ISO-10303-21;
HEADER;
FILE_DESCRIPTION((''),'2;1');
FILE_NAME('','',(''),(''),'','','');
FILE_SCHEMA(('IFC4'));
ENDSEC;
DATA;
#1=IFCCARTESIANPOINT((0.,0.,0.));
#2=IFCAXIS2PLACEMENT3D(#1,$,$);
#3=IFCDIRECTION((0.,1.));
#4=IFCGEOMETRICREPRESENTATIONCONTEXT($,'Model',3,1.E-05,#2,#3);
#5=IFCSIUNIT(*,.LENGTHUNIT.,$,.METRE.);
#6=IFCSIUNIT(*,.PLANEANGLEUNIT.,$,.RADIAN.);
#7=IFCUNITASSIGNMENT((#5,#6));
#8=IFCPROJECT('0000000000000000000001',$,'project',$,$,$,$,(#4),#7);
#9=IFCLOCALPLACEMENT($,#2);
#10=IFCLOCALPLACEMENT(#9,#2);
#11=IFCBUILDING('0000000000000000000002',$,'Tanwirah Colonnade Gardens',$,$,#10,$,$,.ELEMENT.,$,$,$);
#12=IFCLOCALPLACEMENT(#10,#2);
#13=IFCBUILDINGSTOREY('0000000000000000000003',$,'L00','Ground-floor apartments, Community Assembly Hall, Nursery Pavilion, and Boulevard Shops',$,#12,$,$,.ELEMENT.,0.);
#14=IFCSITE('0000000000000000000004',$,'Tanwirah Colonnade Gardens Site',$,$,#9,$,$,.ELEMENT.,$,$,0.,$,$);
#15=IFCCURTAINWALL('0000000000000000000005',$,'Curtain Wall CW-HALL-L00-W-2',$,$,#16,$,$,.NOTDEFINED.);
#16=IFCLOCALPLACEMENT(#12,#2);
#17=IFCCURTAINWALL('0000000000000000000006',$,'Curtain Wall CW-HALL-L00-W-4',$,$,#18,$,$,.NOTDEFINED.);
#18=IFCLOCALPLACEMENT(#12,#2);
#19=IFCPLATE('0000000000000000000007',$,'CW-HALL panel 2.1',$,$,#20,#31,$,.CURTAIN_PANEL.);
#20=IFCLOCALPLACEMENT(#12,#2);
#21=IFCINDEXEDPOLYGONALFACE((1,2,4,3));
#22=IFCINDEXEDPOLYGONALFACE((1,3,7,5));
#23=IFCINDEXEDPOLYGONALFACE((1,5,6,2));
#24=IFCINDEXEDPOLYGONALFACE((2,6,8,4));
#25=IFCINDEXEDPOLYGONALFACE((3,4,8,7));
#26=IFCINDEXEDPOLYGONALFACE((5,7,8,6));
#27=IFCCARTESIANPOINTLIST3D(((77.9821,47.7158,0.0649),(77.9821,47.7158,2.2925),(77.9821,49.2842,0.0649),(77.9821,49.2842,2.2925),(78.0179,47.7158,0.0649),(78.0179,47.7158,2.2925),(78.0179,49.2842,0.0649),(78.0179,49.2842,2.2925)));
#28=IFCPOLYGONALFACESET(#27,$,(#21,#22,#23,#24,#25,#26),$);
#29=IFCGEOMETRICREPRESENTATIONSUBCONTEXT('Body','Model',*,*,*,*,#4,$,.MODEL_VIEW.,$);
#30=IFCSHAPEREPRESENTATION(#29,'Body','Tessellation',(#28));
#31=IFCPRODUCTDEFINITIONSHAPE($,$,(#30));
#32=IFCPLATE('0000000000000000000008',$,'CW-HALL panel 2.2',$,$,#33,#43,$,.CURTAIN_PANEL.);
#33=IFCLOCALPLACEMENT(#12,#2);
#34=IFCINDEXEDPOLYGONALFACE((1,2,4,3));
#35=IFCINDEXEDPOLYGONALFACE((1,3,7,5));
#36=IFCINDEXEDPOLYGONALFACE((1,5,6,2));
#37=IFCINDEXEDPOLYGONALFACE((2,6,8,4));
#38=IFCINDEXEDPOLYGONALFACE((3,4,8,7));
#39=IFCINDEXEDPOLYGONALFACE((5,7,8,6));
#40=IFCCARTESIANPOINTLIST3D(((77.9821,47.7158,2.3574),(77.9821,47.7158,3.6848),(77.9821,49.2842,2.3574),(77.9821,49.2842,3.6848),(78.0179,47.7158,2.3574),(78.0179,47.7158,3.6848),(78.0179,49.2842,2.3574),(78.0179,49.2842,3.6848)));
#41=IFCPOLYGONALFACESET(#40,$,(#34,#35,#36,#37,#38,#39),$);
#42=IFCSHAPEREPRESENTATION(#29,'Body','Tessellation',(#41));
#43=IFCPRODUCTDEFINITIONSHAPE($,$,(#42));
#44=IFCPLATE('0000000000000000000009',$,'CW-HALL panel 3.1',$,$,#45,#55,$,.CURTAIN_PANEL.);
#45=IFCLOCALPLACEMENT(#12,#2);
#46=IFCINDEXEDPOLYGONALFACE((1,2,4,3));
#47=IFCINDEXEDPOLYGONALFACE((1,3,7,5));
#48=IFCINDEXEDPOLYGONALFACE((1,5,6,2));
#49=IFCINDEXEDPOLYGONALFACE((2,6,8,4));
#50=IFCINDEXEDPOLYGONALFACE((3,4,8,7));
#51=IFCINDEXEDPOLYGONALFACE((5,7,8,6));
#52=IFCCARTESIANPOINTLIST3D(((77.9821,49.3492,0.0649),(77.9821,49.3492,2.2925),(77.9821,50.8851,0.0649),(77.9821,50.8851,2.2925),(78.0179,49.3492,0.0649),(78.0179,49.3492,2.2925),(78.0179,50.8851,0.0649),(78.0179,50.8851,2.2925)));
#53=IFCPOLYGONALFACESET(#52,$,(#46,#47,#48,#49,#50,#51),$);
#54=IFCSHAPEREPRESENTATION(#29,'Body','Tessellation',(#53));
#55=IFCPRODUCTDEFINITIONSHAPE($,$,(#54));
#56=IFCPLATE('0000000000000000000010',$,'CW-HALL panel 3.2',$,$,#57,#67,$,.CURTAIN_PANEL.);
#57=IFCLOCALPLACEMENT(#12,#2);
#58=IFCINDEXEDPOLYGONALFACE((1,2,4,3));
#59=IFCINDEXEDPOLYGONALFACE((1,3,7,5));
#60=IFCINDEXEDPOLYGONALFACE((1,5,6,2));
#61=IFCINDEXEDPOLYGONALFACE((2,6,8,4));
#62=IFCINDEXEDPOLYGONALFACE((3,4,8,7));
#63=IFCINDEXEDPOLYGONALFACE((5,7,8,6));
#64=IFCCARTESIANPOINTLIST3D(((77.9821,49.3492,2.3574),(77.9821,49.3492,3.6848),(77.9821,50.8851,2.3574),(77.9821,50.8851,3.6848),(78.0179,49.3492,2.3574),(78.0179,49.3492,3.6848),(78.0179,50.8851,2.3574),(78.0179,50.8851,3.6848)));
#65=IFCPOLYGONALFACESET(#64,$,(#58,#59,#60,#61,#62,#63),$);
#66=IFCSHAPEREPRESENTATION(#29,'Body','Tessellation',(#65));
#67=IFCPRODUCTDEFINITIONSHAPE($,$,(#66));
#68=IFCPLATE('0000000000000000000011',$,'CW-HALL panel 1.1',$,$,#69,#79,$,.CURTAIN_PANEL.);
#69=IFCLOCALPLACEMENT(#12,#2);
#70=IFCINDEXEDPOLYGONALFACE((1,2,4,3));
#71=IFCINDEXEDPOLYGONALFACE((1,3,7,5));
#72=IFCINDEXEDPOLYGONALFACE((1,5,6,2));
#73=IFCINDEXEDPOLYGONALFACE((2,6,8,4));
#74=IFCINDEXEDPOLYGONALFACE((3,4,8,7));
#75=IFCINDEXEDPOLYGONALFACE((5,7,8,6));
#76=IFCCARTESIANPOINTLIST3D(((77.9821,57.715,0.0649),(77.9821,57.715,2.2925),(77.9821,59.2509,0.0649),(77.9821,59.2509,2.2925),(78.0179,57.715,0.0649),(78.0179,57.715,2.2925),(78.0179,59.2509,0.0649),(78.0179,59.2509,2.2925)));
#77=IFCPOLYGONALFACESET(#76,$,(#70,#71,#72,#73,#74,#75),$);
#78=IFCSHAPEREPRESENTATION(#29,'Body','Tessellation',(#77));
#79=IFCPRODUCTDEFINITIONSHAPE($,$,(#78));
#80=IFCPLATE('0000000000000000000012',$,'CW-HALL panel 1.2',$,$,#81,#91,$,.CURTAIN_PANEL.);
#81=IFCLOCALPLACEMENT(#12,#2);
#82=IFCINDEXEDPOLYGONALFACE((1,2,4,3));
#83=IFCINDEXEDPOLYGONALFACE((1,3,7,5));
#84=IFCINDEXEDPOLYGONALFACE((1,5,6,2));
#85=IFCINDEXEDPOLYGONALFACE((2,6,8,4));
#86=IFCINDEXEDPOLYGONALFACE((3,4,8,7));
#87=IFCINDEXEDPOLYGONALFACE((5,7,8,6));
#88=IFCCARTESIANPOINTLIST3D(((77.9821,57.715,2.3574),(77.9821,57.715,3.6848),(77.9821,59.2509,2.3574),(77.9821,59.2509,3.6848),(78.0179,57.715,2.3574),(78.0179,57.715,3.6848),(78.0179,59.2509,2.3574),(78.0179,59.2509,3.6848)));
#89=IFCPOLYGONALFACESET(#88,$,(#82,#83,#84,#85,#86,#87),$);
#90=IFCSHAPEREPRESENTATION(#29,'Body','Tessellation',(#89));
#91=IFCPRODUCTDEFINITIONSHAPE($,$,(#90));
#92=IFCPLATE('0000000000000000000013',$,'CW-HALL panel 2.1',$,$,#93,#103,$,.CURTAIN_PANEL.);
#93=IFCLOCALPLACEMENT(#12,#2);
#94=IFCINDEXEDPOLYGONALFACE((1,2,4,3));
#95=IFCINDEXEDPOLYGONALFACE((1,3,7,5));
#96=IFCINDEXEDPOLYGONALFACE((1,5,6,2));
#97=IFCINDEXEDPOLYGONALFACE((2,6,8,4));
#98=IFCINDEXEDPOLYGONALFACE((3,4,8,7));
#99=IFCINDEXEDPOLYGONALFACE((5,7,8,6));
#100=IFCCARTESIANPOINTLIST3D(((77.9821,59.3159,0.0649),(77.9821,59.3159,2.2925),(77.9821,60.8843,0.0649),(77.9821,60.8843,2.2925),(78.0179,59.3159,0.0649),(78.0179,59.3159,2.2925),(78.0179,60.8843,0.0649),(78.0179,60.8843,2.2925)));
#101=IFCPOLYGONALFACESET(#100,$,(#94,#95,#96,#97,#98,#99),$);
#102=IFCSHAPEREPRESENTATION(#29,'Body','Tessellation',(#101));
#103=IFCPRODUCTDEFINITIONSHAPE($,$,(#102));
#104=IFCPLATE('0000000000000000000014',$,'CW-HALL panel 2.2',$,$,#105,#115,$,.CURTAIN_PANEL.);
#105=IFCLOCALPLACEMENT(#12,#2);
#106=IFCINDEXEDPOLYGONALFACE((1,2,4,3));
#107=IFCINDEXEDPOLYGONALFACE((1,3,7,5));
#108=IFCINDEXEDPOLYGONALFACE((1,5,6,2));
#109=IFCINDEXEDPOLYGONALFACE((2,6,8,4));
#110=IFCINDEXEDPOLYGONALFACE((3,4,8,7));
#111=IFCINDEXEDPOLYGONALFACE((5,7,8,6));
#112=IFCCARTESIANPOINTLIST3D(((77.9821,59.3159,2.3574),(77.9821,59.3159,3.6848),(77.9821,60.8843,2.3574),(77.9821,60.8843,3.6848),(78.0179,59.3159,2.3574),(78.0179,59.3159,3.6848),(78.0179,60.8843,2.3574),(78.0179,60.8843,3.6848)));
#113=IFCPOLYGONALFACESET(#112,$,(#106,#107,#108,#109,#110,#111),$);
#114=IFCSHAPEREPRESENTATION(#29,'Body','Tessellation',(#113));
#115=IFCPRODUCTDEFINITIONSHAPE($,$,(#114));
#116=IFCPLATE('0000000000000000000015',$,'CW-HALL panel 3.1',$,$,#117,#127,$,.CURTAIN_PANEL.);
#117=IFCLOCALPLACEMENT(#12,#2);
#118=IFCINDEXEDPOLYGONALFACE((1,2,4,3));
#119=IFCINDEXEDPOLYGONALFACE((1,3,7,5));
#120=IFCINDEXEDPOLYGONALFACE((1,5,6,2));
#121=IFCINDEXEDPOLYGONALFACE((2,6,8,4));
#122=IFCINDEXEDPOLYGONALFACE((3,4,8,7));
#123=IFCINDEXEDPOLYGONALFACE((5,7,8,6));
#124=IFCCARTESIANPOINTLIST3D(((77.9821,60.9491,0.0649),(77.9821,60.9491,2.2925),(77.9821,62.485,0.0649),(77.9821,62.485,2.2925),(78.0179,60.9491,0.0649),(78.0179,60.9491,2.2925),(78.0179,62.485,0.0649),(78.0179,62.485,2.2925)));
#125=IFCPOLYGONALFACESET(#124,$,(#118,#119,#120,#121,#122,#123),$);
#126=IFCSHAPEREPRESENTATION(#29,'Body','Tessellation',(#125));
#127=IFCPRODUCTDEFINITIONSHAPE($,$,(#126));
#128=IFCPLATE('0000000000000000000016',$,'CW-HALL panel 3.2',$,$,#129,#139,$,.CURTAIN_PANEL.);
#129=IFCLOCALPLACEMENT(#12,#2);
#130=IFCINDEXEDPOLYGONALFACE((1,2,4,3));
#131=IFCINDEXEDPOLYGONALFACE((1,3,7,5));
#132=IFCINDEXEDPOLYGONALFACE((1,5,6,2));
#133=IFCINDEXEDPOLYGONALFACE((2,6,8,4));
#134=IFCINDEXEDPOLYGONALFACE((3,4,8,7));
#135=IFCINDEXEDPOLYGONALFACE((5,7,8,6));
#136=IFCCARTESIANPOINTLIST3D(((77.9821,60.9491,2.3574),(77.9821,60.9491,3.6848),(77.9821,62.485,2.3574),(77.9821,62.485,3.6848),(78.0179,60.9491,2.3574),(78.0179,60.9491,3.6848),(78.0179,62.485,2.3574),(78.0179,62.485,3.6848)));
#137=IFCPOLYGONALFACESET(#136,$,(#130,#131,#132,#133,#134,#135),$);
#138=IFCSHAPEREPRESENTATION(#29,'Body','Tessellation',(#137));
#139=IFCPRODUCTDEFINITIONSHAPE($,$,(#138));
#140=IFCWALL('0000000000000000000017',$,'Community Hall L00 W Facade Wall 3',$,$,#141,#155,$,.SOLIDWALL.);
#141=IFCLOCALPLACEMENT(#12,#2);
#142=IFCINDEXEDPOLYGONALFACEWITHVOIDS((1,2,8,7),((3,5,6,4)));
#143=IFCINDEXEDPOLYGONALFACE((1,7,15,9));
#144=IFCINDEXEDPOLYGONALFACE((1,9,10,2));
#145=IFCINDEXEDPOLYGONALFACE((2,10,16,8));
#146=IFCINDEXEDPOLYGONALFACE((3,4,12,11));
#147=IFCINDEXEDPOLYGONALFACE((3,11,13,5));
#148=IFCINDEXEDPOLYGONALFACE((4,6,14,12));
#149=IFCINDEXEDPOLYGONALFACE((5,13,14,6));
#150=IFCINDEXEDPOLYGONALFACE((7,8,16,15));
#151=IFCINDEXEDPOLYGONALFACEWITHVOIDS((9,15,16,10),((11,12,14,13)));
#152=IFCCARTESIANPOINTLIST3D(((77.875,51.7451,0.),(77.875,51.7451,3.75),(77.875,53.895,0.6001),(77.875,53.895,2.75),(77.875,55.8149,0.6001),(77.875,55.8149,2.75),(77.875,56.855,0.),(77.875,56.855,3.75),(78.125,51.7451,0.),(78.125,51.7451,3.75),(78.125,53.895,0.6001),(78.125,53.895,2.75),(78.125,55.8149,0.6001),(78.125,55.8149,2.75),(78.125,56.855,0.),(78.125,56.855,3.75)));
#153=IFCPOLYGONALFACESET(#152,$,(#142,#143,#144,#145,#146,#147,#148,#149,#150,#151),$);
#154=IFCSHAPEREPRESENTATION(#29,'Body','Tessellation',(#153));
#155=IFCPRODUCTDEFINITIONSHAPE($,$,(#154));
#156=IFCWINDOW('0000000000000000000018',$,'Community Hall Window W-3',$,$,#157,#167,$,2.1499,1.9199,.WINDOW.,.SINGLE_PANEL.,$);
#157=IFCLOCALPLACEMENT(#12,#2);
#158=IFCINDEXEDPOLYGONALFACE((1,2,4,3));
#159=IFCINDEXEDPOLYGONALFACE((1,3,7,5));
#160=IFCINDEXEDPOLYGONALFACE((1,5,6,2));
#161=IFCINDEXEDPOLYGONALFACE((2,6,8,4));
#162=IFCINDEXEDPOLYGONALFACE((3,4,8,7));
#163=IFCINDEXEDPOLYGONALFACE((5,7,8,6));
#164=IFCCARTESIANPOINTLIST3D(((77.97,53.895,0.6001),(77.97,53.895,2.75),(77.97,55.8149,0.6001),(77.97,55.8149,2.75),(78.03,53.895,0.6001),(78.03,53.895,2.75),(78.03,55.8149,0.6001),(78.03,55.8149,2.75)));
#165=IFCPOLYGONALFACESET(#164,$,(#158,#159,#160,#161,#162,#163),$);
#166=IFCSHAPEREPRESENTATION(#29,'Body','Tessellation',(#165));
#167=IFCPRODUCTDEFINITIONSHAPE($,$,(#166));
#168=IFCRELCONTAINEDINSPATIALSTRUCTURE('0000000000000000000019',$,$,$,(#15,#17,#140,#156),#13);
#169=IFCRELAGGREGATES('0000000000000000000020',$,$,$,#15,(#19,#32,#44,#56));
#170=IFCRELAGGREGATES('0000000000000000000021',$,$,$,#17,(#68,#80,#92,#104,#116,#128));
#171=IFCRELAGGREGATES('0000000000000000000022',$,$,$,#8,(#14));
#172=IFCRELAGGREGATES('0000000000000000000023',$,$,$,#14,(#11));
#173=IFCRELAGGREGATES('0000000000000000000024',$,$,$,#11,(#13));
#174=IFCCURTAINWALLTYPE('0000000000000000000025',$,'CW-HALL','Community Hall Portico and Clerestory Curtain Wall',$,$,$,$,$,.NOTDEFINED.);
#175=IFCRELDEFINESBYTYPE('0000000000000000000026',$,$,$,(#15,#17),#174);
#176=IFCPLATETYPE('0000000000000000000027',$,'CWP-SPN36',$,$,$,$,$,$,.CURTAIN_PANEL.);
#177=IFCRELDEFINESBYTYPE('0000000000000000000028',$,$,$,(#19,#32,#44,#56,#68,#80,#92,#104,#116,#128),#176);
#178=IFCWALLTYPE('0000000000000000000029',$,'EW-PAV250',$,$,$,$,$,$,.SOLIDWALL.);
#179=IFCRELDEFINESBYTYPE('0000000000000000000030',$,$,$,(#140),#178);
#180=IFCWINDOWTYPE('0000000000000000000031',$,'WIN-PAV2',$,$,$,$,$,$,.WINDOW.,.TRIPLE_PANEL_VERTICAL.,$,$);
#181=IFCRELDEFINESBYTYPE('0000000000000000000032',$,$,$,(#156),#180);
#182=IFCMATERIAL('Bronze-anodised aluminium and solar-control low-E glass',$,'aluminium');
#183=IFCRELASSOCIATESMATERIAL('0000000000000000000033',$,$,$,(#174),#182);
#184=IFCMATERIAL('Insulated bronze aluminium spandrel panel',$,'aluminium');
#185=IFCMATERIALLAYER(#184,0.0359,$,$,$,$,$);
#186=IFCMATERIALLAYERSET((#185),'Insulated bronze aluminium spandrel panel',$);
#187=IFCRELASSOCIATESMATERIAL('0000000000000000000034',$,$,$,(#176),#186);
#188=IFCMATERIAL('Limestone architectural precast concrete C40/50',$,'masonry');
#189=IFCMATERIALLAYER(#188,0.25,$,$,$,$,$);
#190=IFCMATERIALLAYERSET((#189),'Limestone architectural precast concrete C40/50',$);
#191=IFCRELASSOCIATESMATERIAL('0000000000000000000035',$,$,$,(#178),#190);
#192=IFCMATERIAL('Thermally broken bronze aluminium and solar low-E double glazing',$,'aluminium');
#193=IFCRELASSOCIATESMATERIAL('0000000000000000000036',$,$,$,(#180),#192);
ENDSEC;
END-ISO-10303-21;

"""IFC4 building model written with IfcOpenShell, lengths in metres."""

from ifc_helpers import new_model, si_unit, direction, frame, frame_2d, origin, origin_2d, place, context, subcontext, project, spatial, rectangle, extrude, material, layer, layer_set, type_object, element, fill, aggregate, save


model = new_model("IFC4")

# Units and contexts
model_context = context("Model", 3, precision=1e-05, world=origin(), true_north=direction((0.0, 1.0)))
body_context = subcontext(model_context, "Body", "Model", "MODEL_VIEW")
ifc_project = project(units=[si_unit("LENGTHUNIT", "METRE"), si_unit("PLANEANGLEUNIT", "RADIAN")], contexts=[model_context])

# Site, building, storey
site_placement = place(None, origin())
site = spatial("IfcSite", under=ifc_project, at=site_placement, Name="Tanwirah Colonnade Gardens Site", CompositionType="ELEMENT", RefElevation=0.0)
building_placement = place(site_placement, origin())
building = spatial("IfcBuilding", under=site, at=building_placement, Name="Tanwirah Colonnade Gardens", CompositionType="ELEMENT")
storey_placement = place(building_placement, origin())
storey = spatial("IfcBuildingStorey", under=building, at=storey_placement, Name="L00", Description="Ground-floor apartments, Community Assembly Hall, Nursery Pavilion, and Boulevard Shops", CompositionType="ELEMENT", Elevation=0.0)

# Curtain walls
ifc_material_1 = material(Name="Bronze-anodised aluminium and solar-control low-E glass", Category="aluminium")
curtain_wall_type = type_object("IfcCurtainWallType", Name="CW-HALL", Description="Community Hall Portico and Clerestory Curtain Wall", PredefinedType="NOTDEFINED", material=ifc_material_1)
curtain_wall_1_placement = place(storey_placement, origin())
curtain_wall_1 = element("IfcCurtainWall", 1, at=curtain_wall_1_placement, inside=storey, type_object=curtain_wall_type, Name="Curtain Wall CW-HALL-L00-W-2", PredefinedType="NOTDEFINED")
curtain_wall_2_placement = place(storey_placement, origin())
curtain_wall_2 = element("IfcCurtainWall", 2, at=curtain_wall_2_placement, inside=storey, type_object=curtain_wall_type, Name="Curtain Wall CW-HALL-L00-W-4", PredefinedType="NOTDEFINED")

# Plates
ifc_material_2 = material(Name="Insulated bronze aluminium spandrel panel", Category="aluminium")
ifc_layer_1 = layer(ifc_material_2, 0.0359)
ifc_layer_set_1 = layer_set([ifc_layer_1], Name="Insulated bronze aluminium spandrel panel")
plate_type = type_object("IfcPlateType", Name="CWP-SPN36", PredefinedType="CURTAIN_PANEL", material=ifc_layer_set_1)
plate_1_placement = place(storey_placement, frame((78.0, 48.5, 0.0649), z_axis=(0.0, 0.0, 1.0), x_axis=(0.0, 1.0, 0.0)))
plate_1 = element("IfcPlate", 3, at=plate_1_placement, type_object=plate_type, Name="CW-HALL panel 2.1", PredefinedType="CURTAIN_PANEL", context=body_context, shape_type="SweptSolid", body=[
    extrude(rectangle(XDim=1.5684, YDim=0.0359, at=origin_2d()), origin(), (0.0, 0.0, 1.0), 2.2275),
])
plate_2_placement = place(storey_placement, frame((78.0, 48.5, 2.3574), z_axis=(0.0, 0.0, 1.0), x_axis=(0.0, 1.0, 0.0)))
plate_2 = element("IfcPlate", 4, at=plate_2_placement, type_object=plate_type, Name="CW-HALL panel 2.2", PredefinedType="CURTAIN_PANEL", context=body_context, shape_type="SweptSolid", body=[
    extrude(rectangle(XDim=1.5684, YDim=0.0359, at=origin_2d()), origin(), (0.0, 0.0, 1.0), 1.3274),
])
plate_3_placement = place(storey_placement, frame((78.0, 50.1172, 0.0649), z_axis=(0.0, 0.0, 1.0), x_axis=(0.0, 1.0, 0.0)))
plate_3 = element("IfcPlate", 5, at=plate_3_placement, type_object=plate_type, Name="CW-HALL panel 3.1", PredefinedType="CURTAIN_PANEL", context=body_context, shape_type="SweptSolid", body=[
    extrude(rectangle(XDim=1.5359, YDim=0.0359, at=origin_2d()), origin(), (0.0, 0.0, 1.0), 2.2275),
])
plate_4_placement = place(storey_placement, frame((78.0, 50.1172, 2.3574), z_axis=(0.0, 0.0, 1.0), x_axis=(0.0, 1.0, 0.0)))
plate_4 = element("IfcPlate", 6, at=plate_4_placement, type_object=plate_type, Name="CW-HALL panel 3.2", PredefinedType="CURTAIN_PANEL", context=body_context, shape_type="SweptSolid", body=[
    extrude(rectangle(XDim=1.5359, YDim=0.0359, at=origin_2d()), origin(), (0.0, 0.0, 1.0), 1.3274),
])
aggregate(curtain_wall_1, [plate_1, plate_2, plate_3, plate_4])
plate_5_placement = place(storey_placement, frame((78.0, 58.4829, 0.0649), z_axis=(0.0, 0.0, 1.0), x_axis=(0.0, 1.0, 0.0)))
plate_5 = element("IfcPlate", 7, at=plate_5_placement, type_object=plate_type, Name="CW-HALL panel 1.1", PredefinedType="CURTAIN_PANEL", context=body_context, shape_type="SweptSolid", body=[
    extrude(rectangle(XDim=1.5359, YDim=0.0359, at=origin_2d()), origin(), (0.0, 0.0, 1.0), 2.2275),
])
plate_6_placement = place(storey_placement, frame((78.0, 58.4829, 2.3574), z_axis=(0.0, 0.0, 1.0), x_axis=(0.0, 1.0, 0.0)))
plate_6 = element("IfcPlate", 8, at=plate_6_placement, type_object=plate_type, Name="CW-HALL panel 1.2", PredefinedType="CURTAIN_PANEL", context=body_context, shape_type="SweptSolid", body=[
    extrude(rectangle(XDim=1.5359, YDim=0.0359, at=origin_2d()), origin(), (0.0, 0.0, 1.0), 1.3274),
])
plate_7_placement = place(storey_placement, frame((78.0, 60.1001, 0.0649), z_axis=(0.0, 0.0, 1.0), x_axis=(0.0, 1.0, 0.0)))
plate_7 = element("IfcPlate", 9, at=plate_7_placement, type_object=plate_type, Name="CW-HALL panel 2.1", PredefinedType="CURTAIN_PANEL", context=body_context, shape_type="SweptSolid", body=[
    extrude(rectangle(XDim=1.5684, YDim=0.0359, at=origin_2d()), origin(), (0.0, 0.0, 1.0), 2.2275),
])
plate_8_placement = place(storey_placement, frame((78.0, 60.1001, 2.3574), z_axis=(0.0, 0.0, 1.0), x_axis=(0.0, 1.0, 0.0)))
plate_8 = element("IfcPlate", 10, at=plate_8_placement, type_object=plate_type, Name="CW-HALL panel 2.2", PredefinedType="CURTAIN_PANEL", context=body_context, shape_type="SweptSolid", body=[
    extrude(rectangle(XDim=1.5684, YDim=0.0359, at=origin_2d()), origin(), (0.0, 0.0, 1.0), 1.3274),
])
plate_9_placement = place(storey_placement, frame((78.0, 61.717, 0.0649), z_axis=(0.0, 0.0, 1.0), x_axis=(0.0, 1.0, 0.0)))
plate_9 = element("IfcPlate", 11, at=plate_9_placement, type_object=plate_type, Name="CW-HALL panel 3.1", PredefinedType="CURTAIN_PANEL", context=body_context, shape_type="SweptSolid", body=[
    extrude(rectangle(XDim=1.5359, YDim=0.0359, at=origin_2d()), origin(), (0.0, 0.0, 1.0), 2.2275),
])
plate_10_placement = place(storey_placement, frame((78.0, 61.717, 2.3574), z_axis=(0.0, 0.0, 1.0), x_axis=(0.0, 1.0, 0.0)))
plate_10 = element("IfcPlate", 12, at=plate_10_placement, type_object=plate_type, Name="CW-HALL panel 3.2", PredefinedType="CURTAIN_PANEL", context=body_context, shape_type="SweptSolid", body=[
    extrude(rectangle(XDim=1.5359, YDim=0.0359, at=origin_2d()), origin(), (0.0, 0.0, 1.0), 1.3274),
])
aggregate(curtain_wall_2, [plate_5, plate_6, plate_7, plate_8, plate_9, plate_10])

# Wall, opening, window
ifc_material_3 = material(Name="Limestone architectural precast concrete C40/50", Category="masonry")
ifc_layer_2 = layer(ifc_material_3, 0.25)
ifc_layer_set_2 = layer_set([ifc_layer_2], Name="Limestone architectural precast concrete C40/50")
wall_type_1 = type_object("IfcWallType", Name="EW-PAV250", PredefinedType="SOLIDWALL", material=ifc_layer_set_2)
wall_1_placement = place(storey_placement, frame((78.0, 51.7451, 0.0), z_axis=(0.0, 0.0, 1.0), x_axis=(0.0, 1.0, 0.0)))
wall_1 = element("IfcWall", 13, at=wall_1_placement, inside=storey, type_object=wall_type_1, Name="Community Hall L00 W Facade Wall 3", PredefinedType="SOLIDWALL", context=body_context, shape_type="SweptSolid", body=[
    extrude(rectangle(XDim=5.1099, YDim=0.25, at=frame_2d((2.5549, 0.0))), origin(), (0.0, 0.0, 1.0), 3.75),
])
opening_1_placement = place(wall_1_placement, frame((2.1499, 0.0, 0.6001)))
opening_1 = element("IfcOpeningElement", 14, at=opening_1_placement, cuts=wall_1, PredefinedType="OPENING", context=body_context, shape_type="SweptSolid", body=[
    extrude(rectangle(XDim=1.9199, YDim=2.1499, at=frame_2d((0.96, 1.075))), frame((0.0, 0.135, 0.0), z_axis=(0.0, -1.0, 0.0), x_axis=(1.0, 0.0, 0.0)), (0.0, 0.0, 1.0), 0.27),
])
ifc_material_4 = material(Name="Thermally broken bronze aluminium and solar low-E double glazing", Category="aluminium")
window_type = type_object("IfcWindowType", Name="WIN-PAV2", PartitioningType="TRIPLE_PANEL_VERTICAL", PredefinedType="WINDOW", material=ifc_material_4)
window_1_placement = place(opening_1_placement, origin())
window_1 = element("IfcWindow", 15, at=window_1_placement, inside=storey, type_object=window_type, Name="Community Hall Window W-3", OverallHeight=2.1499, OverallWidth=1.9199, PartitioningType="SINGLE_PANEL", PredefinedType="WINDOW", context=body_context, shape_type="SweptSolid", body=[
    extrude(rectangle(XDim=1.9199, YDim=2.1499, at=frame_2d((0.96, 1.075))), frame((0.0, 0.03, 0.0), z_axis=(0.0, -1.0, 0.0), x_axis=(1.0, 0.0, 0.0)), (0.0, 0.0, 1.0), 0.0601),
])
fill(opening_1, window_1)

save(model, "model.ifc")
